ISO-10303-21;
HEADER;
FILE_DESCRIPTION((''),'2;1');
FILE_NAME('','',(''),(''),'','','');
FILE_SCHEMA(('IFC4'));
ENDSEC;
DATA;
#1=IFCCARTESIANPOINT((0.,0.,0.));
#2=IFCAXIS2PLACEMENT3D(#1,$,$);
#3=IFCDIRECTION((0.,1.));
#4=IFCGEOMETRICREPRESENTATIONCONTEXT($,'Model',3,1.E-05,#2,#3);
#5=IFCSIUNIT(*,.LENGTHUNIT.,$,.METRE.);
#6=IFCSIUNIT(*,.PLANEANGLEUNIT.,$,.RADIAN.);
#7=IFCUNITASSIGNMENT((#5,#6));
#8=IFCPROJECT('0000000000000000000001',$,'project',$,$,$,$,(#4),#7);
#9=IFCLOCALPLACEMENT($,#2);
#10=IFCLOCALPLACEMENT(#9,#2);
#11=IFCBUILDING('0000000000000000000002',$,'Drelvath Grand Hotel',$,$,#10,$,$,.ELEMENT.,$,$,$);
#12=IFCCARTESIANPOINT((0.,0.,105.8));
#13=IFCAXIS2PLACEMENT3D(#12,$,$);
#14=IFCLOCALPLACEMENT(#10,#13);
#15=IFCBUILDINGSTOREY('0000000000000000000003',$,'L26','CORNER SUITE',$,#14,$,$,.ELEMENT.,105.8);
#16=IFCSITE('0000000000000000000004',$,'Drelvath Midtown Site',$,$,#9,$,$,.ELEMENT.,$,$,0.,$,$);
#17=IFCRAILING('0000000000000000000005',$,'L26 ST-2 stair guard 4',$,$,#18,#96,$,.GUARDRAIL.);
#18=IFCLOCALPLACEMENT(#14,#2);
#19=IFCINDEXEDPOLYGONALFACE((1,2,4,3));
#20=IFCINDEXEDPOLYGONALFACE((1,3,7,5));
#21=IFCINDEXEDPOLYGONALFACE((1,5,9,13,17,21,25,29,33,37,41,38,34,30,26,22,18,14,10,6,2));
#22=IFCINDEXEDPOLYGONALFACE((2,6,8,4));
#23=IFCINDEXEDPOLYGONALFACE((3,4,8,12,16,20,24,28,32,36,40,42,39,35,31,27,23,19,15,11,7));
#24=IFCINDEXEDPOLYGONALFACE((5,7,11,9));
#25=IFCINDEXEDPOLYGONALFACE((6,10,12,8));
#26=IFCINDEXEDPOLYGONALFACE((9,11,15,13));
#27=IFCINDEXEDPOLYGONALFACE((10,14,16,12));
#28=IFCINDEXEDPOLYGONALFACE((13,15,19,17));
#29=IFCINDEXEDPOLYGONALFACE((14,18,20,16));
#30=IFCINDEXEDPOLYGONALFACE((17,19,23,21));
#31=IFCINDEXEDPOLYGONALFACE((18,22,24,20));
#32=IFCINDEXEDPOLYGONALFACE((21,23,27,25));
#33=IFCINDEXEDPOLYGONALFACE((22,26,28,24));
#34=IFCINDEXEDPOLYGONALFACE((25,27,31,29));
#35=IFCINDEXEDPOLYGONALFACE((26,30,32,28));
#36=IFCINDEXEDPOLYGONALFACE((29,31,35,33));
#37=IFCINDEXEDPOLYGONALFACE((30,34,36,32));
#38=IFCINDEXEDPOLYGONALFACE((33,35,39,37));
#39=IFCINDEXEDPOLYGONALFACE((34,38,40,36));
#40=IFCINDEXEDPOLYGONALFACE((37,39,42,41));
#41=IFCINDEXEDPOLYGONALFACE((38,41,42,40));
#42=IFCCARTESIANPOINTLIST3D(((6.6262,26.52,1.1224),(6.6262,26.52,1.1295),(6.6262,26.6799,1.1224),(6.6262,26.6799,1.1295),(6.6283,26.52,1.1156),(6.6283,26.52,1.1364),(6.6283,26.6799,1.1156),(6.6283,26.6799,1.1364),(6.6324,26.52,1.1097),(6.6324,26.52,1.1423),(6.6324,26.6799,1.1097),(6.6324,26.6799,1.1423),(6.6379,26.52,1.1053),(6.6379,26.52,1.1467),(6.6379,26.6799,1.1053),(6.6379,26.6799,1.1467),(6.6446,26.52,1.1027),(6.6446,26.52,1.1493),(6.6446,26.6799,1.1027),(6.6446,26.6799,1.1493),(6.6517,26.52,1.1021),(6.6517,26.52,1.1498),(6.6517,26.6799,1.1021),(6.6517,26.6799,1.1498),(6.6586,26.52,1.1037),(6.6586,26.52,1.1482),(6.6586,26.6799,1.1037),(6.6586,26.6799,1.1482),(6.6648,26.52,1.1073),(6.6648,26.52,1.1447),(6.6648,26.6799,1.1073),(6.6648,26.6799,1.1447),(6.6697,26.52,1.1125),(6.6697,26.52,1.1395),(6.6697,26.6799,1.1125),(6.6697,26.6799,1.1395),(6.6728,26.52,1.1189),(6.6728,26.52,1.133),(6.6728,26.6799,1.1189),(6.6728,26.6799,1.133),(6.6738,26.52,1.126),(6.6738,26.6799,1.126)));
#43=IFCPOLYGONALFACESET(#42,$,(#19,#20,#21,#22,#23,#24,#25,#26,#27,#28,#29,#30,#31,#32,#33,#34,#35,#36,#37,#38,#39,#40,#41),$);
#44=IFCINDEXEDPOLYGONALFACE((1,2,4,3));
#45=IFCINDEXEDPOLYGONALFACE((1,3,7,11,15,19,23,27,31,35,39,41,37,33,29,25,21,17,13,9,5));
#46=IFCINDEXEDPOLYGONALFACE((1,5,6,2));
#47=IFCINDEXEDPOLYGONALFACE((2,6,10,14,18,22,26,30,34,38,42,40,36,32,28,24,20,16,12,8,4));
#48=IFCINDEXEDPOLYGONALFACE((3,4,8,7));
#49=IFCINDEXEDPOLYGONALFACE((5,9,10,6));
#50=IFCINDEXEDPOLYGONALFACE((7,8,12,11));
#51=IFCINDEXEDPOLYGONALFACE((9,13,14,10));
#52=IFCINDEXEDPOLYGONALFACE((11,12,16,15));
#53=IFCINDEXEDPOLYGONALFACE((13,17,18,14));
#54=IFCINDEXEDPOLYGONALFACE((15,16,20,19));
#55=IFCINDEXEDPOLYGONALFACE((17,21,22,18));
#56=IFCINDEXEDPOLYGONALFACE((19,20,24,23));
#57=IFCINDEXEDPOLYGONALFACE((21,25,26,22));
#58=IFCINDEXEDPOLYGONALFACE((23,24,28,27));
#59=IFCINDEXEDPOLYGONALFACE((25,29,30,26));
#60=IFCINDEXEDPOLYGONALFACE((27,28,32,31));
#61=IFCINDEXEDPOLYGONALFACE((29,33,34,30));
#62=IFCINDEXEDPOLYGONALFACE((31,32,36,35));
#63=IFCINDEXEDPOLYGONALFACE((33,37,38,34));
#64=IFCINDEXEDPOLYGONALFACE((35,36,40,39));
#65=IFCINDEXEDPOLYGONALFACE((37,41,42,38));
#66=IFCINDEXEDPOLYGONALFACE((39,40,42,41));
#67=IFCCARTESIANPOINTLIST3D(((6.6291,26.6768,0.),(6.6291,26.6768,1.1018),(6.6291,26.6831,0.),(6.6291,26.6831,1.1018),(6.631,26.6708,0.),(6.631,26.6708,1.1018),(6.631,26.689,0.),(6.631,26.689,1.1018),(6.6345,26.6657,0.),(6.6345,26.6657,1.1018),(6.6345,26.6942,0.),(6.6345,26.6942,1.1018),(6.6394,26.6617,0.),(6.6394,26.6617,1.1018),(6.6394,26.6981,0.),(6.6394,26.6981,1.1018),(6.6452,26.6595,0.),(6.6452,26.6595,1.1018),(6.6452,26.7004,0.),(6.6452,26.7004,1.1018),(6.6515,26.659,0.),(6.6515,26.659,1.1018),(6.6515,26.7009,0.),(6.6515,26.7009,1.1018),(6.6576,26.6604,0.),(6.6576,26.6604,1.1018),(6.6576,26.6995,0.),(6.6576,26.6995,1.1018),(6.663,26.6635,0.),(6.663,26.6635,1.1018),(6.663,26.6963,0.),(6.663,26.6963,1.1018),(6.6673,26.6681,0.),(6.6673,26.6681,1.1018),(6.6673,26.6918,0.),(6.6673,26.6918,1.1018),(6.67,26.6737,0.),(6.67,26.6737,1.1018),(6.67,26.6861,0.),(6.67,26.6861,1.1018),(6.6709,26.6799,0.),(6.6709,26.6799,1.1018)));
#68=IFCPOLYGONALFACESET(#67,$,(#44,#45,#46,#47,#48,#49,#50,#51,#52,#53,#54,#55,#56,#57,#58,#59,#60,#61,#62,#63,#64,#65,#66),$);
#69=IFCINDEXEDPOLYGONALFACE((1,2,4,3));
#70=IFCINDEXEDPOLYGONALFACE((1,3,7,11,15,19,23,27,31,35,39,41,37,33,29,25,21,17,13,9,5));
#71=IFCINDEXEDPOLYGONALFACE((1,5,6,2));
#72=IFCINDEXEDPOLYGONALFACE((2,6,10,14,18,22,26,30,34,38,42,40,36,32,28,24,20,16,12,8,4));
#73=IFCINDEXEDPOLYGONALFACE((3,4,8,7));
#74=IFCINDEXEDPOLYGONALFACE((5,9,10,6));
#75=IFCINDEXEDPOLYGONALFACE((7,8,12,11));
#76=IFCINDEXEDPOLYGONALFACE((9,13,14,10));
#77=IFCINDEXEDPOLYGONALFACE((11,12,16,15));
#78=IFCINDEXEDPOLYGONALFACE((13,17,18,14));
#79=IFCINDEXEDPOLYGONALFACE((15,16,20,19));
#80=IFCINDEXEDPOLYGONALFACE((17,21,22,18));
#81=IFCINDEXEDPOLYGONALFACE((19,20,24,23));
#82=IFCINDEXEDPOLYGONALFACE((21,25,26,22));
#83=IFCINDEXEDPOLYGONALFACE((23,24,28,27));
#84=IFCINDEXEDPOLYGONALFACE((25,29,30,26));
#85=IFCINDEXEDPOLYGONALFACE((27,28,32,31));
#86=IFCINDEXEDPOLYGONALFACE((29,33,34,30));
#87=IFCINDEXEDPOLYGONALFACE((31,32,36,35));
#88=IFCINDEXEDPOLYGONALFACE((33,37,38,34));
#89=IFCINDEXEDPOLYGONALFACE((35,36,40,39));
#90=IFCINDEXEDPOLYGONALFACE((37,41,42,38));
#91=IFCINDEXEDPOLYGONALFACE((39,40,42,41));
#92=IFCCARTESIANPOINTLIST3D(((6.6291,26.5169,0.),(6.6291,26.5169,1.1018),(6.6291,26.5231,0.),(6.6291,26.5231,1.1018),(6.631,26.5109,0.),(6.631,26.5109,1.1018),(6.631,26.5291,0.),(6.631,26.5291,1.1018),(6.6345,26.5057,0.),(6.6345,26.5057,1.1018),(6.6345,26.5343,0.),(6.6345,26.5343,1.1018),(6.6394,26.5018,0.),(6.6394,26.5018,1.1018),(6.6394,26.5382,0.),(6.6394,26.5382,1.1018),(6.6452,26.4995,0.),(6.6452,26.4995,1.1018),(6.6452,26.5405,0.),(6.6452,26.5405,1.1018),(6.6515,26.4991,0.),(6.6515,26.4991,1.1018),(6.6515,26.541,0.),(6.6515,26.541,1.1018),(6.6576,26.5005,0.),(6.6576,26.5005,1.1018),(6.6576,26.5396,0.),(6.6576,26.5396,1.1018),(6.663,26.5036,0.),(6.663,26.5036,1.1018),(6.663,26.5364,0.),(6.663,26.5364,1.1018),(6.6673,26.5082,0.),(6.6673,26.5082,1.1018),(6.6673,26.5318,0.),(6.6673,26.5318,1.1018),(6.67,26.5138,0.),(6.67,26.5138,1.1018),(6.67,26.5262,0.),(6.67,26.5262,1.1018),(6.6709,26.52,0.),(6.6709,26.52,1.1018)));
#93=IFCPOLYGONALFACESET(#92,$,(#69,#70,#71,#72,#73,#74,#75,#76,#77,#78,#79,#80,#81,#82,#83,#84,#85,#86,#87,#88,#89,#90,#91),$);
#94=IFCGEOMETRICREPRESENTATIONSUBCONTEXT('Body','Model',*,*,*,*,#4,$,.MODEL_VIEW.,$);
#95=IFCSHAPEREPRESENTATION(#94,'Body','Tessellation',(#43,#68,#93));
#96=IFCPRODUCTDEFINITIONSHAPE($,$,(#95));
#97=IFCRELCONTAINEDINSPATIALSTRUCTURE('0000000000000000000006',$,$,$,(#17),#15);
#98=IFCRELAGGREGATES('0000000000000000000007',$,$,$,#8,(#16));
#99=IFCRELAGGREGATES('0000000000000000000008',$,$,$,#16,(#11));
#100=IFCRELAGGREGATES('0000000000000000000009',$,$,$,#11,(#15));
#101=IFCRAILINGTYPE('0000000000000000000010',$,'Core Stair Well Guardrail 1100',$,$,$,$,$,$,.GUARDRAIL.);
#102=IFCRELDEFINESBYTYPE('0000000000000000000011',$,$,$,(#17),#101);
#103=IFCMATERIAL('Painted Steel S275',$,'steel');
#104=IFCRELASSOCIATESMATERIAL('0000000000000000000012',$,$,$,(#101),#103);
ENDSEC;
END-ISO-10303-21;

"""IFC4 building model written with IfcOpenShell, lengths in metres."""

from ifc_helpers import new_model, si_unit, direction, frame, origin, origin_2d, place, context, subcontext, project, spatial, circle, extrude, material, type_object, element, save


model = new_model("IFC4")

# Units and contexts
model_context = context("Model", 3, precision=1e-05, world=origin(), true_north=direction((0.0, 1.0)))
body_context = subcontext(model_context, "Body", "Model", "MODEL_VIEW")
ifc_project = project(units=[si_unit("LENGTHUNIT", "METRE"), si_unit("PLANEANGLEUNIT", "RADIAN")], contexts=[model_context])

# Site, building, storey
site_placement = place(None, origin())
site = spatial("IfcSite", under=ifc_project, at=site_placement, Name="Drelvath Midtown Site", CompositionType="ELEMENT", RefElevation=0.0)
building_placement = place(site_placement, origin())
building = spatial("IfcBuilding", under=site, at=building_placement, Name="Drelvath Grand Hotel", CompositionType="ELEMENT")
storey_placement = place(building_placement, frame((0.0, 0.0, 105.8)))
storey = spatial("IfcBuildingStorey", under=building, at=storey_placement, Name="L26", Description="CORNER SUITE", CompositionType="ELEMENT", Elevation=105.8)

# Railing
ifc_material_1 = material(Name="Painted Steel S275", Category="steel")
railing_type_1 = type_object("IfcRailingType", Name="Core Stair Well Guardrail 1100", PredefinedType="GUARDRAIL", material=ifc_material_1)
railing_1_placement = place(storey_placement, frame((6.6499, 26.6799, 0.0)))
element("IfcRailing", 1, at=railing_1_placement, inside=storey, type_object=railing_type_1, Name="L26 ST-2 stair guard 4", PredefinedType="GUARDRAIL", context=body_context, shape_type="SweptSolid", body=[
    extrude(circle(Radius=0.0239, at=origin_2d()), frame((0.0, 0.0, 1.126), z_axis=(0.0, -1.0, 0.0), x_axis=(1.0, 0.0, 0.0)), (0.0, 0.0, 1.0), 0.1599),
    extrude(circle(Radius=0.021, at=origin_2d()), origin(), (0.0, 0.0, 1.0), 1.1018),
    extrude(circle(Radius=0.021, at=origin_2d()), frame((0.0, -0.1599, 0.0)), (0.0, 0.0, 1.0), 1.1018),
])

save(model, "model.ifc")
